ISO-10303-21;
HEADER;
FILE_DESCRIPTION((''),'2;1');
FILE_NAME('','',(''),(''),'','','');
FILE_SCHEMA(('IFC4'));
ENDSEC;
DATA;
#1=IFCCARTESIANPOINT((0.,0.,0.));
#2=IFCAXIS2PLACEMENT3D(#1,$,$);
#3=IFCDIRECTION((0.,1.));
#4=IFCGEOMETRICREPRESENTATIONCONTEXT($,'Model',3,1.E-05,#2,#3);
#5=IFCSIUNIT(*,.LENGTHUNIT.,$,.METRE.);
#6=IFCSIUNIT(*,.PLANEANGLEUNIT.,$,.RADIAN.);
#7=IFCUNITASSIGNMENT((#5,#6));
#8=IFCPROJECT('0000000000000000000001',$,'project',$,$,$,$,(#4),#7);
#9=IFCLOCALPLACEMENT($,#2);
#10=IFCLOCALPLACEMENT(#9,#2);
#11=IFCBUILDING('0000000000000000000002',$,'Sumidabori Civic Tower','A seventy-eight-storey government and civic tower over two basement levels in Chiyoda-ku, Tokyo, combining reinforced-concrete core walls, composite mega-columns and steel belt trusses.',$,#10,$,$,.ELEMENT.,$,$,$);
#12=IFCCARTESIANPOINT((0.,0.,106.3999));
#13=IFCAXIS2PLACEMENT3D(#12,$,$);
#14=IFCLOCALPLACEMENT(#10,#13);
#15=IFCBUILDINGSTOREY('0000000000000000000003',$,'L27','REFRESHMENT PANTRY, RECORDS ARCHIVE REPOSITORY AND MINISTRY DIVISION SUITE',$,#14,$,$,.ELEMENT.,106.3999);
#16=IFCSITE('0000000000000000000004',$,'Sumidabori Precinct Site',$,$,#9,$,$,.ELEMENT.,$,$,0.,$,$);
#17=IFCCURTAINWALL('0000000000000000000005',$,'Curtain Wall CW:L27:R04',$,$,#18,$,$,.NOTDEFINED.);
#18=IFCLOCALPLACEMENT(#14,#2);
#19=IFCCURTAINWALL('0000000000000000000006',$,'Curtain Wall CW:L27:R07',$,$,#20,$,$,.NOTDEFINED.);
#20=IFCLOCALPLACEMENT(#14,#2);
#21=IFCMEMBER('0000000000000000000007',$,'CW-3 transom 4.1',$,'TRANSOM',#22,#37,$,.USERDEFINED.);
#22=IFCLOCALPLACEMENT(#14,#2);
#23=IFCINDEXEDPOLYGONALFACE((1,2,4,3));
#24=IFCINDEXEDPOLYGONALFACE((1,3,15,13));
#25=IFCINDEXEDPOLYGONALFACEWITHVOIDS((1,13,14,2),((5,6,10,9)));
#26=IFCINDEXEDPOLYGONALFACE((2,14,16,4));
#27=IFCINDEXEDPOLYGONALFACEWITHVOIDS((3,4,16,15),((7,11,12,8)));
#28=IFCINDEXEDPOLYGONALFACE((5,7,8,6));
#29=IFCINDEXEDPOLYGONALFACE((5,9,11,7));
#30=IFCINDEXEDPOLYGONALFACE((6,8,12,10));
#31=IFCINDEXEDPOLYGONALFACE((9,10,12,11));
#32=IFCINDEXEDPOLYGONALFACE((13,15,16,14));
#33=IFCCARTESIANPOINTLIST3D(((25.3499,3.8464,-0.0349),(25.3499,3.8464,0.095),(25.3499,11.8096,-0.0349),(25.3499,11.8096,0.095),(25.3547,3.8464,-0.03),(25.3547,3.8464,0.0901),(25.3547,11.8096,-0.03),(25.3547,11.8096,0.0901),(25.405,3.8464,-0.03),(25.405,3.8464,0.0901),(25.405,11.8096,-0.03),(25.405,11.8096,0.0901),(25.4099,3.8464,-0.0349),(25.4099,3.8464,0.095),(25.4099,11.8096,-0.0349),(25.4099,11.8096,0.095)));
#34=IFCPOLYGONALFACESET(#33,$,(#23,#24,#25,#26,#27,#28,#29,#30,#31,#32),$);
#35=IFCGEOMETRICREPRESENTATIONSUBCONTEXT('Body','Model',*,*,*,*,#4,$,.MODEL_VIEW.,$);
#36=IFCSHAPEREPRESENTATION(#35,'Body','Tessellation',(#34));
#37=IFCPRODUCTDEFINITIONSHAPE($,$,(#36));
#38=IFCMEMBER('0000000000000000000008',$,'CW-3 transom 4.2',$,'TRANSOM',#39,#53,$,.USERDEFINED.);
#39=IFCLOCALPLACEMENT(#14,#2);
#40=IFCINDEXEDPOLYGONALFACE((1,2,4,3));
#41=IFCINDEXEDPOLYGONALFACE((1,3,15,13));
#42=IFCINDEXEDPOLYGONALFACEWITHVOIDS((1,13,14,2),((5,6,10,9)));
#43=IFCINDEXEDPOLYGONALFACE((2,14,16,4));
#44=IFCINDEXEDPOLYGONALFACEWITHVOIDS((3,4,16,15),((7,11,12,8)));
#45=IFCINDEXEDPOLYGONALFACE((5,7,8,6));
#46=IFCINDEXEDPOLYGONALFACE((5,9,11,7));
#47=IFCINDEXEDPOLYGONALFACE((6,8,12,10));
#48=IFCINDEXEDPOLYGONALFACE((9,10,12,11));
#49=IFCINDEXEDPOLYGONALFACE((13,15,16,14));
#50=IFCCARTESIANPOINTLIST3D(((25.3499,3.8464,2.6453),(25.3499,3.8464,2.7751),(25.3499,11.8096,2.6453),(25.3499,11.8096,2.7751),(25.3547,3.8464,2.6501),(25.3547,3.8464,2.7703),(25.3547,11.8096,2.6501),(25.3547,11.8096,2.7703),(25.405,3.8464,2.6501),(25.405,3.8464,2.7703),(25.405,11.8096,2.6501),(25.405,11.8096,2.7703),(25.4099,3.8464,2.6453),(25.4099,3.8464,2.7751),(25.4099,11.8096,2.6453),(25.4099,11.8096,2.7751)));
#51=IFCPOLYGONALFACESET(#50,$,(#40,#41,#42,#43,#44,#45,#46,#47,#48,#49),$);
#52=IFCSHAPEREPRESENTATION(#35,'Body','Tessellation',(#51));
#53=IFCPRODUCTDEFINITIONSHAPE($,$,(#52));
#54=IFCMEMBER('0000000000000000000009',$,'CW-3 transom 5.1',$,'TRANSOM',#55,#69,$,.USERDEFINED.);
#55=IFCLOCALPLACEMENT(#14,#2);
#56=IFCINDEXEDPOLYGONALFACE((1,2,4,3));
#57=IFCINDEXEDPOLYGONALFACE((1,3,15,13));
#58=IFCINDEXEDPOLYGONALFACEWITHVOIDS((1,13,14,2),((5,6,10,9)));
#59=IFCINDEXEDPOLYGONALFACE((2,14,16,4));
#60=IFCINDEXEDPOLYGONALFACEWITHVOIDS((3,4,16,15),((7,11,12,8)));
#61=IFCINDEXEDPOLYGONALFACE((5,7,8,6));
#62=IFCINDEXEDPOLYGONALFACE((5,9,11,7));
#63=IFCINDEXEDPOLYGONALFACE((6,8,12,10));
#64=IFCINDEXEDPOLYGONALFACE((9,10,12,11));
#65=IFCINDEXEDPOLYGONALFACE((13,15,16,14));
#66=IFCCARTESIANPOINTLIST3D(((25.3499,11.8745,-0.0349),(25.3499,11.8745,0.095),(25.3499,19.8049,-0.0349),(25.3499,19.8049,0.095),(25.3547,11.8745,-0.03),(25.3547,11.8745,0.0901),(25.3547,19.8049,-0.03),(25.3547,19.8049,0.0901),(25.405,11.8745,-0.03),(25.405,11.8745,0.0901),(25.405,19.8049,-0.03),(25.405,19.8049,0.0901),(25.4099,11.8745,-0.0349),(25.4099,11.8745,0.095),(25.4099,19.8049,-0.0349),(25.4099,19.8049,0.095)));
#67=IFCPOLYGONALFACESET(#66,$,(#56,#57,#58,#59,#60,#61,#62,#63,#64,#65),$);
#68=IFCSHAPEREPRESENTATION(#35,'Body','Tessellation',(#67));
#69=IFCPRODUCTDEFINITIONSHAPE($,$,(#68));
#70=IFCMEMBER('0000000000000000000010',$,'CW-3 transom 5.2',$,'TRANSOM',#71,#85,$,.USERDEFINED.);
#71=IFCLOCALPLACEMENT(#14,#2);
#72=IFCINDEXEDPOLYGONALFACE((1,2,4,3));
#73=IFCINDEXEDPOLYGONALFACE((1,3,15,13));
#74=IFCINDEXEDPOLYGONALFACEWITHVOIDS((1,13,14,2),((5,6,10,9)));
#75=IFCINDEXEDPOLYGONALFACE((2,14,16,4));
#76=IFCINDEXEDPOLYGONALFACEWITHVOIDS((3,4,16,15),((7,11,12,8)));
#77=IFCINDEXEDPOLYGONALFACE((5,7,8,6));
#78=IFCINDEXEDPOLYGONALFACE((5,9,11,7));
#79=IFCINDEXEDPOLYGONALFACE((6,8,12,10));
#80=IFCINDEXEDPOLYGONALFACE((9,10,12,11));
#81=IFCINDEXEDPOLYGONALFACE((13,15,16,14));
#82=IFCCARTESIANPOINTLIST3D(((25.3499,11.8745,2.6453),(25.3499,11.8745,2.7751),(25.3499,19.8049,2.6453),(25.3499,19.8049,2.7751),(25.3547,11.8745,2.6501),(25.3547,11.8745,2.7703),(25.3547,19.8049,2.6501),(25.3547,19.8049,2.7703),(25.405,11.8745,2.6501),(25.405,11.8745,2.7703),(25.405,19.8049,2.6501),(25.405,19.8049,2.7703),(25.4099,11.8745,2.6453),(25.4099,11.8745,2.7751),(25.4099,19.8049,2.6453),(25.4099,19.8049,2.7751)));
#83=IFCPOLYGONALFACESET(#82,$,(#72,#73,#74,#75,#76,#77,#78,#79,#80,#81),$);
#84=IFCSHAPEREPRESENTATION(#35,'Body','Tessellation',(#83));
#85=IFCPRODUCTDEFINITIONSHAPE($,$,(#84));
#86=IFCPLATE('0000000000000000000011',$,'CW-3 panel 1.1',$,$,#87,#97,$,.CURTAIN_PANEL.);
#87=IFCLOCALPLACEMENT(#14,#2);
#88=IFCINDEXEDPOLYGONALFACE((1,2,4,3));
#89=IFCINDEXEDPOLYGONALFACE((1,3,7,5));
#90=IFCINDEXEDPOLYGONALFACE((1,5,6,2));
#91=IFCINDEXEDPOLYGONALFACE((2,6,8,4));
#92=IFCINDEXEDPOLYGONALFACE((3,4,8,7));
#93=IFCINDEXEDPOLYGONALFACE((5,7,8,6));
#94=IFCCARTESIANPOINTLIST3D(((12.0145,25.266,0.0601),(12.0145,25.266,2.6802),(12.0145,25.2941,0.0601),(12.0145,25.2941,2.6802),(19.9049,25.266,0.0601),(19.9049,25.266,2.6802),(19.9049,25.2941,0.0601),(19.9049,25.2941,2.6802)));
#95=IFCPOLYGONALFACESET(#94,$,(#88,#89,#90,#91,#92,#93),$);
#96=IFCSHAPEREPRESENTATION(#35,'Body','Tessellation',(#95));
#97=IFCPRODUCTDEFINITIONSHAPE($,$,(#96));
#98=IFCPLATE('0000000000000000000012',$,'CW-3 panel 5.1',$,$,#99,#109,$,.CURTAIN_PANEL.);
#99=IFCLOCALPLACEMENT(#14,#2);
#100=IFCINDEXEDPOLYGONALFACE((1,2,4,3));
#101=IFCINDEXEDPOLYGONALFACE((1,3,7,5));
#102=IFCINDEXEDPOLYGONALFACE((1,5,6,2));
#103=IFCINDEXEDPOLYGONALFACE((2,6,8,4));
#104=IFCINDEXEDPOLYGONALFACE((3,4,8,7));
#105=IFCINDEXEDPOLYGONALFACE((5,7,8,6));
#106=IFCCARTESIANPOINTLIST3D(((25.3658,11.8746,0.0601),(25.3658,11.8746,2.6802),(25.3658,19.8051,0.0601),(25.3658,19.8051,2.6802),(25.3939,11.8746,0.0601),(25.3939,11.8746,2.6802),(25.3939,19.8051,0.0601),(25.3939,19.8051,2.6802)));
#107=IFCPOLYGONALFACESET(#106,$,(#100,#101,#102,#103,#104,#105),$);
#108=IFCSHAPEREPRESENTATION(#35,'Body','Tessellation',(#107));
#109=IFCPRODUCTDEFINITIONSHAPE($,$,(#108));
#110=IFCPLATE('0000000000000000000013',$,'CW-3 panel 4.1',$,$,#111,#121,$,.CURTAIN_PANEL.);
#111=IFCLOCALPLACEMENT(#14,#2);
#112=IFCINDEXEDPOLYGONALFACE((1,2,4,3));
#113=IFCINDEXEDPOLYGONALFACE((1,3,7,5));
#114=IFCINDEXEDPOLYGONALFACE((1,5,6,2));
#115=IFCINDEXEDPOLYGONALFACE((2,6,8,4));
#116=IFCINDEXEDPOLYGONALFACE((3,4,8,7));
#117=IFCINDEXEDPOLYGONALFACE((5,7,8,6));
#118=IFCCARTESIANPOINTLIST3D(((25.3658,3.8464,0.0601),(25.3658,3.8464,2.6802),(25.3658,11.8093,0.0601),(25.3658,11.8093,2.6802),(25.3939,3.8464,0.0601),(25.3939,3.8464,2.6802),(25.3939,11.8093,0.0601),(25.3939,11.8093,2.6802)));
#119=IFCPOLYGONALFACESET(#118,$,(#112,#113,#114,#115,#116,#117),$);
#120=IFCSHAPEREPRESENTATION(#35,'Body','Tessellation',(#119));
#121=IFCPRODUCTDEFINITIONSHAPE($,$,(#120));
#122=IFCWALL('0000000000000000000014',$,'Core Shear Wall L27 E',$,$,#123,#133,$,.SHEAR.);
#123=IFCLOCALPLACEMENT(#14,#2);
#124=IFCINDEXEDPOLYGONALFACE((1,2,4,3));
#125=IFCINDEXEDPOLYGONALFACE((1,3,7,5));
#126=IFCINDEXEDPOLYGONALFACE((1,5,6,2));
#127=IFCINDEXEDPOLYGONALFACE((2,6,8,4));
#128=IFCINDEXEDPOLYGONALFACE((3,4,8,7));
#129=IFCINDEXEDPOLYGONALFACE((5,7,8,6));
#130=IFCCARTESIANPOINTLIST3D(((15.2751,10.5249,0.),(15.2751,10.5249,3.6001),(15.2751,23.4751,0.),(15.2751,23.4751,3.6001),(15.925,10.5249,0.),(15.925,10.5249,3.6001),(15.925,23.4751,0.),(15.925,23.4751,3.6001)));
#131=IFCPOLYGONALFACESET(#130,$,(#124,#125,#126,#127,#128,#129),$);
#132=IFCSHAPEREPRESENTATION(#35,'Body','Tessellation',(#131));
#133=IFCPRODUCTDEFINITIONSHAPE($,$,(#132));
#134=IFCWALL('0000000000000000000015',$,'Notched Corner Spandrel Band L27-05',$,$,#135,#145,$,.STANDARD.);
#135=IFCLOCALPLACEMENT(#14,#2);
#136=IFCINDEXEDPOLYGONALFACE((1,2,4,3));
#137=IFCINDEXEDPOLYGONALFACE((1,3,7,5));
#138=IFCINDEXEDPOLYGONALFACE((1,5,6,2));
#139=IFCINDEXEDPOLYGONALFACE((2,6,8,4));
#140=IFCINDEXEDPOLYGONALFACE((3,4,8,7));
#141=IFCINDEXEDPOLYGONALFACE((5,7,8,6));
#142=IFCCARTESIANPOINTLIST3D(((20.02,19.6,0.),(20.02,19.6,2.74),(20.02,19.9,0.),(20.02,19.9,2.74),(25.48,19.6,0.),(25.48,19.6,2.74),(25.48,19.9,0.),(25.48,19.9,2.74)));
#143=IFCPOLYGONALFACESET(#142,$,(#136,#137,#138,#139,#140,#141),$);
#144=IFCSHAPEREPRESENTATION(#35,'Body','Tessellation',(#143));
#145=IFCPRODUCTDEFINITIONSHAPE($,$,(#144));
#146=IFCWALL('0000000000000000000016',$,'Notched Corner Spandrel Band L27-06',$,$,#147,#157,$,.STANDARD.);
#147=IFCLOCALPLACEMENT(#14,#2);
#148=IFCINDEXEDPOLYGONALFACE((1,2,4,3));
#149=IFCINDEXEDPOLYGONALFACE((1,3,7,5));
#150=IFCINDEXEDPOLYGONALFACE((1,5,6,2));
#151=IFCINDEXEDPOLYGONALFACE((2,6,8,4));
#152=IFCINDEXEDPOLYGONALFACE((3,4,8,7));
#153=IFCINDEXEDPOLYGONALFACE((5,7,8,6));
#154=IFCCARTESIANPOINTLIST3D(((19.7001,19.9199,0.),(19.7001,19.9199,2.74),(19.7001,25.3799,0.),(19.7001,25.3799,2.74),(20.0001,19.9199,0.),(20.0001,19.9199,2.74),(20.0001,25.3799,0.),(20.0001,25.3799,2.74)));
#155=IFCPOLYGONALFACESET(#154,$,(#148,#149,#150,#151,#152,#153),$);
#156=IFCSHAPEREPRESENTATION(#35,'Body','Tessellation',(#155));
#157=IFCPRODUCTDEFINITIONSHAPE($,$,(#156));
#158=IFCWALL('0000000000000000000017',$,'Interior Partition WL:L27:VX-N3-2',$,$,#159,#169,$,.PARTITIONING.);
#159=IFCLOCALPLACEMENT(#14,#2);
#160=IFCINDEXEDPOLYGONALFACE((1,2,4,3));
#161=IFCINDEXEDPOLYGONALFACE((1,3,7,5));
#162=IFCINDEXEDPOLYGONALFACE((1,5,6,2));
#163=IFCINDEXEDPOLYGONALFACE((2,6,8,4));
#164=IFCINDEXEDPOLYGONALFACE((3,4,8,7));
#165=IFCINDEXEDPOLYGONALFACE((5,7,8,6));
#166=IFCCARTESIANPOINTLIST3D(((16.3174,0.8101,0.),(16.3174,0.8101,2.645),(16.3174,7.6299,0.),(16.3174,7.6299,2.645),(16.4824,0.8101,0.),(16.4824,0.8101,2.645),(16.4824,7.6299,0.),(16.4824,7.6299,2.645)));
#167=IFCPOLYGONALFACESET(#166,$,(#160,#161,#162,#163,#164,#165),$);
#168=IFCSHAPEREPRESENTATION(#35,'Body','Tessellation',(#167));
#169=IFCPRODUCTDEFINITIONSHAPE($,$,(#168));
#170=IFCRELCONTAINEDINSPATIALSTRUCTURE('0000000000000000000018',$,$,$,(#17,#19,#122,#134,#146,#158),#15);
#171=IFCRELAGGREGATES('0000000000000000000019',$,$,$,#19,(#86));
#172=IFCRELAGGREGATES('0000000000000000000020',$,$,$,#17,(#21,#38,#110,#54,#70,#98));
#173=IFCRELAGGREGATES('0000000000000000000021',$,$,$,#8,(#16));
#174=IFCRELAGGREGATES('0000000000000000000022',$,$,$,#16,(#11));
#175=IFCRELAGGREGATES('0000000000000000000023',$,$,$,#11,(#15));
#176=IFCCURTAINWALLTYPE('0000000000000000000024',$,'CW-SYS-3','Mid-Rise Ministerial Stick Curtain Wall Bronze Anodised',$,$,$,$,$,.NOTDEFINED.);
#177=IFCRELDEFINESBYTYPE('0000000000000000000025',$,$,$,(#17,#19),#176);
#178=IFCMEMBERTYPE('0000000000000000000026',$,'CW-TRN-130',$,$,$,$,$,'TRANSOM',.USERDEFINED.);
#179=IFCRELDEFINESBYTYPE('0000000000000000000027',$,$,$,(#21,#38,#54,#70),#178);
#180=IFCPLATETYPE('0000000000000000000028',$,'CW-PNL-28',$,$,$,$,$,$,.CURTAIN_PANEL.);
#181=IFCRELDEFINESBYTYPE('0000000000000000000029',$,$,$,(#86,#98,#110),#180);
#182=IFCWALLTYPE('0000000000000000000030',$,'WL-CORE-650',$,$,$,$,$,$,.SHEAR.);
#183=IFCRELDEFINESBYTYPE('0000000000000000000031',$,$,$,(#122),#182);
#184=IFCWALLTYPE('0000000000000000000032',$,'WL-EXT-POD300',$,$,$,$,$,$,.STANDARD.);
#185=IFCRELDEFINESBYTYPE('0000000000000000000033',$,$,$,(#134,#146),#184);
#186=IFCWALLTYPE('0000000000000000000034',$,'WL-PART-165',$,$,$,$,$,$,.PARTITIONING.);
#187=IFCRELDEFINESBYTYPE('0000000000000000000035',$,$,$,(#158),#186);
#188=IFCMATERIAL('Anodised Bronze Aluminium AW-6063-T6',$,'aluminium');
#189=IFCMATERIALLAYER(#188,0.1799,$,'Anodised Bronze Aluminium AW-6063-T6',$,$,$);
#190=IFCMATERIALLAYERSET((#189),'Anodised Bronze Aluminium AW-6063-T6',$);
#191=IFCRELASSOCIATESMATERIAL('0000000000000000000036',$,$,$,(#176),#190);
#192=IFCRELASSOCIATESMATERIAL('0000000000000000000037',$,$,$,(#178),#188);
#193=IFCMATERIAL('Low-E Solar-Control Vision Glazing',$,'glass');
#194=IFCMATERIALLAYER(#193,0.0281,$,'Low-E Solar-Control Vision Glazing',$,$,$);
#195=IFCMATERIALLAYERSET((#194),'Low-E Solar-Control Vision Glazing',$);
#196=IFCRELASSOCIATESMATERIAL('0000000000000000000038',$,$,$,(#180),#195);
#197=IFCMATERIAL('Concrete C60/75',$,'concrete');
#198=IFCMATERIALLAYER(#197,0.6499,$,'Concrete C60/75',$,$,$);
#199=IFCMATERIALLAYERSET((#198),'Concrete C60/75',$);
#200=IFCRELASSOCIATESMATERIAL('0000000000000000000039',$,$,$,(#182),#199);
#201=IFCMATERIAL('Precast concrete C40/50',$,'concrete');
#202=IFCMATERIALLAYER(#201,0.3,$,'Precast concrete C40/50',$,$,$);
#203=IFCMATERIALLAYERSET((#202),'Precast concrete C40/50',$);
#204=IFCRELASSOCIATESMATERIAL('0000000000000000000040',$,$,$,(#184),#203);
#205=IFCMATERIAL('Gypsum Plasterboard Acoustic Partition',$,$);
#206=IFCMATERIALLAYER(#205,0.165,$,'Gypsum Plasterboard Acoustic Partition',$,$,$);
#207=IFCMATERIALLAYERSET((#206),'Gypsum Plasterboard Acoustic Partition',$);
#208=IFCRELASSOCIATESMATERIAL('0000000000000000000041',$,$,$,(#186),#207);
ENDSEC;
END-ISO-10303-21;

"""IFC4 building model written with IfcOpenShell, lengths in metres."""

from ifc_helpers import new_model, si_unit, direction, frame, frame_2d, origin, origin_2d, place, context, subcontext, project, spatial, rectangle, hollow_rectangle, extrude, source, transform, mapped, material, layer, layer_set, material_profile, profile_set, type_object, element, aggregate, save


model = new_model("IFC4")

# Units and contexts
model_context = context("Model", 3, precision=1e-05, world=origin(), true_north=direction((0.0, 1.0)))
body_context = subcontext(model_context, "Body", "Model", "MODEL_VIEW")
ifc_project = project(units=[si_unit("LENGTHUNIT", "METRE"), si_unit("PLANEANGLEUNIT", "RADIAN")], contexts=[model_context])

# Site, building, storey
site_placement = place(None, origin())
site = spatial("IfcSite", under=ifc_project, at=site_placement, Name="Sumidabori Precinct Site", CompositionType="ELEMENT", RefElevation=0.0)
building_placement = place(site_placement, origin())
building = spatial("IfcBuilding", under=site, at=building_placement, Name="Sumidabori Civic Tower", Description="A seventy-eight-storey government and civic tower over two basement levels in Chiyoda-ku, Tokyo, combining reinforced-concrete core walls, composite mega-columns and steel belt trusses.", CompositionType="ELEMENT")
storey_placement = place(building_placement, frame((0.0, 0.0, 106.3999)))
storey = spatial("IfcBuildingStorey", under=building, at=storey_placement, Name="L27", Description="REFRESHMENT PANTRY, RECORDS ARCHIVE REPOSITORY AND MINISTRY DIVISION SUITE", CompositionType="ELEMENT", Elevation=106.3999)

# Shared definitions
ifc_material_1 = material(Name="Concrete C60/75", Category="concrete")

# Curtain walls
ifc_material_2 = material(Name="Anodised Bronze Aluminium AW-6063-T6", Category="aluminium")
ifc_layer_1 = layer(ifc_material_2, 0.1799, Name="Anodised Bronze Aluminium AW-6063-T6")
ifc_layer_set_1 = layer_set([ifc_layer_1], Name="Anodised Bronze Aluminium AW-6063-T6")
curtain_wall_type = type_object("IfcCurtainWallType", Name="CW-SYS-3", Description="Mid-Rise Ministerial Stick Curtain Wall Bronze Anodised", PredefinedType="NOTDEFINED", material=ifc_layer_set_1)
curtain_wall_1_placement = place(storey_placement, origin())
curtain_wall_1 = element("IfcCurtainWall", 1, at=curtain_wall_1_placement, inside=storey, type_object=curtain_wall_type, Name="Curtain Wall CW:L27:R04", PredefinedType="NOTDEFINED")
curtain_wall_2_placement = place(storey_placement, origin())
curtain_wall_2 = element("IfcCurtainWall", 2, at=curtain_wall_2_placement, inside=storey, type_object=curtain_wall_type, Name="Curtain Wall CW:L27:R07", PredefinedType="NOTDEFINED")
ifc_material_profile_1 = material_profile(ifc_material_2, hollow_rectangle(XDim=0.0601, YDim=0.1299, WallThickness=0.0049, at=origin_2d()), Name="ALU TRANSOM 130x60")
ifc_profile_set_1 = profile_set([ifc_material_profile_1], Name="Anodised Bronze Aluminium AW-6063-T6")
member_type_1 = type_object("IfcMemberType", Name="CW-TRN-130", ElementType="TRANSOM", PredefinedType="USERDEFINED", material=ifc_profile_set_1)

# Members
shared_shape_1 = source(origin(), body_context, "Body", "SweptSolid", [
    extrude(hollow_rectangle(XDim=0.0601, YDim=0.1299, WallThickness=0.0049, at=origin_2d()), origin(), (0.0, 0.0, 1.0), 7.9631),
])
member_1_placement = place(storey_placement, frame((25.3799, 3.8464, 0.03), z_axis=(0.0, 1.0, 0.0), x_axis=(-1.0, 0.0, 0.0)))
member_1 = element("IfcMember", 3, at=member_1_placement, type_object=member_type_1, Name="CW-3 transom 4.1", ObjectType="TRANSOM", PredefinedType="USERDEFINED", context=body_context, shape_type="MappedRepresentation", body=[
    mapped(shared_shape_1, transform((0.0, 0.0, 0.0), x_axis=(1.0, 0.0, 0.0), y_axis=(0.0, 1.0, 0.0), z_axis=(0.0, 0.0, 1.0), scale=1.0)),
])
member_2_placement = place(storey_placement, frame((25.3799, 3.8464, 2.7102), z_axis=(0.0, 1.0, 0.0), x_axis=(-1.0, 0.0, 0.0)))
member_2 = element("IfcMember", 4, at=member_2_placement, type_object=member_type_1, Name="CW-3 transom 4.2", ObjectType="TRANSOM", PredefinedType="USERDEFINED", context=body_context, shape_type="MappedRepresentation", body=[
    mapped(shared_shape_1, transform((0.0, 0.0, 0.0), x_axis=(1.0, 0.0, 0.0), y_axis=(0.0, 1.0, 0.0), z_axis=(0.0, 0.0, 1.0), scale=1.0)),
])
shared_shape_2 = source(origin(), body_context, "Body", "SweptSolid", [
    extrude(hollow_rectangle(XDim=0.0601, YDim=0.1299, WallThickness=0.0049, at=origin_2d()), origin(), (0.0, 0.0, 1.0), 7.9304),
])
member_3_placement = place(storey_placement, frame((25.3799, 11.8745, 0.03), z_axis=(0.0, 1.0, 0.0), x_axis=(-1.0, 0.0, 0.0)))
member_3 = element("IfcMember", 5, at=member_3_placement, type_object=member_type_1, Name="CW-3 transom 5.1", ObjectType="TRANSOM", PredefinedType="USERDEFINED", context=body_context, shape_type="MappedRepresentation", body=[
    mapped(shared_shape_2, transform((0.0, 0.0, 0.0), x_axis=(1.0, 0.0, 0.0), y_axis=(0.0, 1.0, 0.0), z_axis=(0.0, 0.0, 1.0), scale=1.0)),
])
member_4_placement = place(storey_placement, frame((25.3799, 11.8745, 2.7102), z_axis=(0.0, 1.0, 0.0), x_axis=(-1.0, 0.0, 0.0)))
member_4 = element("IfcMember", 6, at=member_4_placement, type_object=member_type_1, Name="CW-3 transom 5.2", ObjectType="TRANSOM", PredefinedType="USERDEFINED", context=body_context, shape_type="MappedRepresentation", body=[
    mapped(shared_shape_2, transform((0.0, 0.0, 0.0), x_axis=(1.0, 0.0, 0.0), y_axis=(0.0, 1.0, 0.0), z_axis=(0.0, 0.0, 1.0), scale=1.0)),
])

# Plates
ifc_material_3 = material(Name="Low-E Solar-Control Vision Glazing", Category="glass")
ifc_layer_2 = layer(ifc_material_3, 0.0281, Name="Low-E Solar-Control Vision Glazing")
ifc_layer_set_2 = layer_set([ifc_layer_2], Name="Low-E Solar-Control Vision Glazing")
plate_type = type_object("IfcPlateType", Name="CW-PNL-28", PredefinedType="CURTAIN_PANEL", material=ifc_layer_set_2)
shared_shape_3 = source(origin(), body_context, "Body", "SweptSolid", [
    extrude(rectangle(XDim=7.8904, YDim=0.0281, at=origin_2d()), origin(), (0.0, 0.0, 1.0), 2.6201),
])
plate_1_placement = place(storey_placement, frame((15.9597, 25.28, 0.0601), z_axis=(0.0, 0.0, 1.0), x_axis=(-1.0, 0.0, 0.0)))
plate_1 = element("IfcPlate", 7, at=plate_1_placement, type_object=plate_type, Name="CW-3 panel 1.1", PredefinedType="CURTAIN_PANEL", context=body_context, shape_type="MappedRepresentation", body=[
    mapped(shared_shape_3, transform((0.0, 0.0, 0.0), x_axis=(1.0, 0.0, 0.0), y_axis=(0.0, 1.0, 0.0), z_axis=(0.0, 0.0, 1.0), scale=1.0)),
])
aggregate(curtain_wall_2, [plate_1])
shared_shape_4 = source(origin(), body_context, "Body", "SweptSolid", [
    extrude(rectangle(XDim=7.9304, YDim=0.0281, at=origin_2d()), origin(), (0.0, 0.0, 1.0), 2.6201),
])
plate_2_placement = place(storey_placement, frame((25.3799, 15.8398, 0.0601), z_axis=(0.0, 0.0, 1.0), x_axis=(0.0, 1.0, 0.0)))
plate_2 = element("IfcPlate", 8, at=plate_2_placement, type_object=plate_type, Name="CW-3 panel 5.1", PredefinedType="CURTAIN_PANEL", context=body_context, shape_type="MappedRepresentation", body=[
    mapped(shared_shape_4, transform((0.0, 0.0, 0.0), x_axis=(1.0, 0.0, 0.0), y_axis=(0.0, 1.0, 0.0), z_axis=(0.0, 0.0, 1.0), scale=1.0)),
])
shared_shape_5 = source(origin(), body_context, "Body", "SweptSolid", [
    extrude(rectangle(XDim=7.9629, YDim=0.0281, at=origin_2d()), origin(), (0.0, 0.0, 1.0), 2.6201),
])
plate_3_placement = place(storey_placement, frame((25.3799, 7.8279, 0.0601), z_axis=(0.0, 0.0, 1.0), x_axis=(0.0, 1.0, 0.0)))
plate_3 = element("IfcPlate", 9, at=plate_3_placement, type_object=plate_type, Name="CW-3 panel 4.1", PredefinedType="CURTAIN_PANEL", context=body_context, shape_type="MappedRepresentation", body=[
    mapped(shared_shape_5, transform((0.0, 0.0, 0.0), x_axis=(1.0, 0.0, 0.0), y_axis=(0.0, 1.0, 0.0), z_axis=(0.0, 0.0, 1.0), scale=1.0)),
])
aggregate(curtain_wall_1, [member_1, member_2, plate_3, member_3, member_4, plate_2])

# Walls
ifc_layer_3 = layer(ifc_material_1, 0.6499, Name="Concrete C60/75")
ifc_layer_set_3 = layer_set([ifc_layer_3], Name="Concrete C60/75")
wall_type_1 = type_object("IfcWallType", Name="WL-CORE-650", PredefinedType="SHEAR", material=ifc_layer_set_3)
shared_shape_6 = source(origin(), body_context, "Body", "SweptSolid", [
    extrude(rectangle(XDim=12.9502, YDim=0.6499, at=frame_2d((6.4751, 0.0))), origin(), (0.0, 0.0, 1.0), 3.6001),
])
wall_1_placement = place(storey_placement, frame((15.6001, 10.5249, 0.0), z_axis=(0.0, 0.0, 1.0), x_axis=(0.0, 1.0, 0.0)))
element("IfcWall", 10, at=wall_1_placement, inside=storey, type_object=wall_type_1, Name="Core Shear Wall L27 E", PredefinedType="SHEAR", context=body_context, shape_type="MappedRepresentation", body=[
    mapped(shared_shape_6, transform((0.0, 0.0, 0.0), x_axis=(1.0, 0.0, 0.0), y_axis=(0.0, 1.0, 0.0), z_axis=(0.0, 0.0, 1.0), scale=1.0)),
])
ifc_material_4 = material(Name="Precast concrete C40/50", Category="concrete")
ifc_layer_4 = layer(ifc_material_4, 0.3, Name="Precast concrete C40/50")
ifc_layer_set_4 = layer_set([ifc_layer_4], Name="Precast concrete C40/50")
wall_type_2 = type_object("IfcWallType", Name="WL-EXT-POD300", PredefinedType="STANDARD", material=ifc_layer_set_4)
shared_shape_7 = source(origin(), body_context, "Body", "SweptSolid", [
    extrude(rectangle(XDim=5.46, YDim=0.3, at=frame_2d((2.73, 0.0))), origin(), (0.0, 0.0, 1.0), 2.74),
])
for number, where, z_axis, x_axis, name in (
    (11, (25.48, 19.75, 0.0), (0.0, 0.0, 1.0), (-1.0, 0.0, 0.0), "Notched Corner Spandrel Band L27-05"),
    (12, (19.8501, 19.9199, 0.0), (0.0, 0.0, 1.0), (0.0, 1.0, 0.0), "Notched Corner Spandrel Band L27-06"),
):
    element("IfcWall", number, at=place(storey_placement, frame(where, z_axis=z_axis, x_axis=x_axis)), inside=storey, type_object=wall_type_2, Name=name, PredefinedType="STANDARD", context=body_context, shape_type="MappedRepresentation", body=[
        mapped(shared_shape_7, transform((0.0, 0.0, 0.0), x_axis=(1.0, 0.0, 0.0), y_axis=(0.0, 1.0, 0.0), z_axis=(0.0, 0.0, 1.0), scale=1.0)),
    ])
ifc_material_5 = material(Name="Gypsum Plasterboard Acoustic Partition")
ifc_layer_5 = layer(ifc_material_5, 0.165, Name="Gypsum Plasterboard Acoustic Partition")
ifc_layer_set_5 = layer_set([ifc_layer_5], Name="Gypsum Plasterboard Acoustic Partition")
wall_type_3 = type_object("IfcWallType", Name="WL-PART-165", PredefinedType="PARTITIONING", material=ifc_layer_set_5)
shared_shape_8 = source(origin(), body_context, "Body", "SweptSolid", [
    extrude(rectangle(XDim=6.8198, YDim=0.165, at=frame_2d((3.4099, 0.0))), origin(), (0.0, 0.0, 1.0), 2.645),
])
wall_2_placement = place(storey_placement, frame((16.3999, 0.8101, 0.0), z_axis=(0.0, 0.0, 1.0), x_axis=(0.0, 1.0, 0.0)))
element("IfcWall", 13, at=wall_2_placement, inside=storey, type_object=wall_type_3, Name="Interior Partition WL:L27:VX-N3-2", PredefinedType="PARTITIONING", context=body_context, shape_type="MappedRepresentation", body=[
    mapped(shared_shape_8, transform((0.0, 0.0, 0.0), x_axis=(1.0, 0.0, 0.0), y_axis=(0.0, 1.0, 0.0), z_axis=(0.0, 0.0, 1.0), scale=1.0)),
])

save(model, "model.ifc")
